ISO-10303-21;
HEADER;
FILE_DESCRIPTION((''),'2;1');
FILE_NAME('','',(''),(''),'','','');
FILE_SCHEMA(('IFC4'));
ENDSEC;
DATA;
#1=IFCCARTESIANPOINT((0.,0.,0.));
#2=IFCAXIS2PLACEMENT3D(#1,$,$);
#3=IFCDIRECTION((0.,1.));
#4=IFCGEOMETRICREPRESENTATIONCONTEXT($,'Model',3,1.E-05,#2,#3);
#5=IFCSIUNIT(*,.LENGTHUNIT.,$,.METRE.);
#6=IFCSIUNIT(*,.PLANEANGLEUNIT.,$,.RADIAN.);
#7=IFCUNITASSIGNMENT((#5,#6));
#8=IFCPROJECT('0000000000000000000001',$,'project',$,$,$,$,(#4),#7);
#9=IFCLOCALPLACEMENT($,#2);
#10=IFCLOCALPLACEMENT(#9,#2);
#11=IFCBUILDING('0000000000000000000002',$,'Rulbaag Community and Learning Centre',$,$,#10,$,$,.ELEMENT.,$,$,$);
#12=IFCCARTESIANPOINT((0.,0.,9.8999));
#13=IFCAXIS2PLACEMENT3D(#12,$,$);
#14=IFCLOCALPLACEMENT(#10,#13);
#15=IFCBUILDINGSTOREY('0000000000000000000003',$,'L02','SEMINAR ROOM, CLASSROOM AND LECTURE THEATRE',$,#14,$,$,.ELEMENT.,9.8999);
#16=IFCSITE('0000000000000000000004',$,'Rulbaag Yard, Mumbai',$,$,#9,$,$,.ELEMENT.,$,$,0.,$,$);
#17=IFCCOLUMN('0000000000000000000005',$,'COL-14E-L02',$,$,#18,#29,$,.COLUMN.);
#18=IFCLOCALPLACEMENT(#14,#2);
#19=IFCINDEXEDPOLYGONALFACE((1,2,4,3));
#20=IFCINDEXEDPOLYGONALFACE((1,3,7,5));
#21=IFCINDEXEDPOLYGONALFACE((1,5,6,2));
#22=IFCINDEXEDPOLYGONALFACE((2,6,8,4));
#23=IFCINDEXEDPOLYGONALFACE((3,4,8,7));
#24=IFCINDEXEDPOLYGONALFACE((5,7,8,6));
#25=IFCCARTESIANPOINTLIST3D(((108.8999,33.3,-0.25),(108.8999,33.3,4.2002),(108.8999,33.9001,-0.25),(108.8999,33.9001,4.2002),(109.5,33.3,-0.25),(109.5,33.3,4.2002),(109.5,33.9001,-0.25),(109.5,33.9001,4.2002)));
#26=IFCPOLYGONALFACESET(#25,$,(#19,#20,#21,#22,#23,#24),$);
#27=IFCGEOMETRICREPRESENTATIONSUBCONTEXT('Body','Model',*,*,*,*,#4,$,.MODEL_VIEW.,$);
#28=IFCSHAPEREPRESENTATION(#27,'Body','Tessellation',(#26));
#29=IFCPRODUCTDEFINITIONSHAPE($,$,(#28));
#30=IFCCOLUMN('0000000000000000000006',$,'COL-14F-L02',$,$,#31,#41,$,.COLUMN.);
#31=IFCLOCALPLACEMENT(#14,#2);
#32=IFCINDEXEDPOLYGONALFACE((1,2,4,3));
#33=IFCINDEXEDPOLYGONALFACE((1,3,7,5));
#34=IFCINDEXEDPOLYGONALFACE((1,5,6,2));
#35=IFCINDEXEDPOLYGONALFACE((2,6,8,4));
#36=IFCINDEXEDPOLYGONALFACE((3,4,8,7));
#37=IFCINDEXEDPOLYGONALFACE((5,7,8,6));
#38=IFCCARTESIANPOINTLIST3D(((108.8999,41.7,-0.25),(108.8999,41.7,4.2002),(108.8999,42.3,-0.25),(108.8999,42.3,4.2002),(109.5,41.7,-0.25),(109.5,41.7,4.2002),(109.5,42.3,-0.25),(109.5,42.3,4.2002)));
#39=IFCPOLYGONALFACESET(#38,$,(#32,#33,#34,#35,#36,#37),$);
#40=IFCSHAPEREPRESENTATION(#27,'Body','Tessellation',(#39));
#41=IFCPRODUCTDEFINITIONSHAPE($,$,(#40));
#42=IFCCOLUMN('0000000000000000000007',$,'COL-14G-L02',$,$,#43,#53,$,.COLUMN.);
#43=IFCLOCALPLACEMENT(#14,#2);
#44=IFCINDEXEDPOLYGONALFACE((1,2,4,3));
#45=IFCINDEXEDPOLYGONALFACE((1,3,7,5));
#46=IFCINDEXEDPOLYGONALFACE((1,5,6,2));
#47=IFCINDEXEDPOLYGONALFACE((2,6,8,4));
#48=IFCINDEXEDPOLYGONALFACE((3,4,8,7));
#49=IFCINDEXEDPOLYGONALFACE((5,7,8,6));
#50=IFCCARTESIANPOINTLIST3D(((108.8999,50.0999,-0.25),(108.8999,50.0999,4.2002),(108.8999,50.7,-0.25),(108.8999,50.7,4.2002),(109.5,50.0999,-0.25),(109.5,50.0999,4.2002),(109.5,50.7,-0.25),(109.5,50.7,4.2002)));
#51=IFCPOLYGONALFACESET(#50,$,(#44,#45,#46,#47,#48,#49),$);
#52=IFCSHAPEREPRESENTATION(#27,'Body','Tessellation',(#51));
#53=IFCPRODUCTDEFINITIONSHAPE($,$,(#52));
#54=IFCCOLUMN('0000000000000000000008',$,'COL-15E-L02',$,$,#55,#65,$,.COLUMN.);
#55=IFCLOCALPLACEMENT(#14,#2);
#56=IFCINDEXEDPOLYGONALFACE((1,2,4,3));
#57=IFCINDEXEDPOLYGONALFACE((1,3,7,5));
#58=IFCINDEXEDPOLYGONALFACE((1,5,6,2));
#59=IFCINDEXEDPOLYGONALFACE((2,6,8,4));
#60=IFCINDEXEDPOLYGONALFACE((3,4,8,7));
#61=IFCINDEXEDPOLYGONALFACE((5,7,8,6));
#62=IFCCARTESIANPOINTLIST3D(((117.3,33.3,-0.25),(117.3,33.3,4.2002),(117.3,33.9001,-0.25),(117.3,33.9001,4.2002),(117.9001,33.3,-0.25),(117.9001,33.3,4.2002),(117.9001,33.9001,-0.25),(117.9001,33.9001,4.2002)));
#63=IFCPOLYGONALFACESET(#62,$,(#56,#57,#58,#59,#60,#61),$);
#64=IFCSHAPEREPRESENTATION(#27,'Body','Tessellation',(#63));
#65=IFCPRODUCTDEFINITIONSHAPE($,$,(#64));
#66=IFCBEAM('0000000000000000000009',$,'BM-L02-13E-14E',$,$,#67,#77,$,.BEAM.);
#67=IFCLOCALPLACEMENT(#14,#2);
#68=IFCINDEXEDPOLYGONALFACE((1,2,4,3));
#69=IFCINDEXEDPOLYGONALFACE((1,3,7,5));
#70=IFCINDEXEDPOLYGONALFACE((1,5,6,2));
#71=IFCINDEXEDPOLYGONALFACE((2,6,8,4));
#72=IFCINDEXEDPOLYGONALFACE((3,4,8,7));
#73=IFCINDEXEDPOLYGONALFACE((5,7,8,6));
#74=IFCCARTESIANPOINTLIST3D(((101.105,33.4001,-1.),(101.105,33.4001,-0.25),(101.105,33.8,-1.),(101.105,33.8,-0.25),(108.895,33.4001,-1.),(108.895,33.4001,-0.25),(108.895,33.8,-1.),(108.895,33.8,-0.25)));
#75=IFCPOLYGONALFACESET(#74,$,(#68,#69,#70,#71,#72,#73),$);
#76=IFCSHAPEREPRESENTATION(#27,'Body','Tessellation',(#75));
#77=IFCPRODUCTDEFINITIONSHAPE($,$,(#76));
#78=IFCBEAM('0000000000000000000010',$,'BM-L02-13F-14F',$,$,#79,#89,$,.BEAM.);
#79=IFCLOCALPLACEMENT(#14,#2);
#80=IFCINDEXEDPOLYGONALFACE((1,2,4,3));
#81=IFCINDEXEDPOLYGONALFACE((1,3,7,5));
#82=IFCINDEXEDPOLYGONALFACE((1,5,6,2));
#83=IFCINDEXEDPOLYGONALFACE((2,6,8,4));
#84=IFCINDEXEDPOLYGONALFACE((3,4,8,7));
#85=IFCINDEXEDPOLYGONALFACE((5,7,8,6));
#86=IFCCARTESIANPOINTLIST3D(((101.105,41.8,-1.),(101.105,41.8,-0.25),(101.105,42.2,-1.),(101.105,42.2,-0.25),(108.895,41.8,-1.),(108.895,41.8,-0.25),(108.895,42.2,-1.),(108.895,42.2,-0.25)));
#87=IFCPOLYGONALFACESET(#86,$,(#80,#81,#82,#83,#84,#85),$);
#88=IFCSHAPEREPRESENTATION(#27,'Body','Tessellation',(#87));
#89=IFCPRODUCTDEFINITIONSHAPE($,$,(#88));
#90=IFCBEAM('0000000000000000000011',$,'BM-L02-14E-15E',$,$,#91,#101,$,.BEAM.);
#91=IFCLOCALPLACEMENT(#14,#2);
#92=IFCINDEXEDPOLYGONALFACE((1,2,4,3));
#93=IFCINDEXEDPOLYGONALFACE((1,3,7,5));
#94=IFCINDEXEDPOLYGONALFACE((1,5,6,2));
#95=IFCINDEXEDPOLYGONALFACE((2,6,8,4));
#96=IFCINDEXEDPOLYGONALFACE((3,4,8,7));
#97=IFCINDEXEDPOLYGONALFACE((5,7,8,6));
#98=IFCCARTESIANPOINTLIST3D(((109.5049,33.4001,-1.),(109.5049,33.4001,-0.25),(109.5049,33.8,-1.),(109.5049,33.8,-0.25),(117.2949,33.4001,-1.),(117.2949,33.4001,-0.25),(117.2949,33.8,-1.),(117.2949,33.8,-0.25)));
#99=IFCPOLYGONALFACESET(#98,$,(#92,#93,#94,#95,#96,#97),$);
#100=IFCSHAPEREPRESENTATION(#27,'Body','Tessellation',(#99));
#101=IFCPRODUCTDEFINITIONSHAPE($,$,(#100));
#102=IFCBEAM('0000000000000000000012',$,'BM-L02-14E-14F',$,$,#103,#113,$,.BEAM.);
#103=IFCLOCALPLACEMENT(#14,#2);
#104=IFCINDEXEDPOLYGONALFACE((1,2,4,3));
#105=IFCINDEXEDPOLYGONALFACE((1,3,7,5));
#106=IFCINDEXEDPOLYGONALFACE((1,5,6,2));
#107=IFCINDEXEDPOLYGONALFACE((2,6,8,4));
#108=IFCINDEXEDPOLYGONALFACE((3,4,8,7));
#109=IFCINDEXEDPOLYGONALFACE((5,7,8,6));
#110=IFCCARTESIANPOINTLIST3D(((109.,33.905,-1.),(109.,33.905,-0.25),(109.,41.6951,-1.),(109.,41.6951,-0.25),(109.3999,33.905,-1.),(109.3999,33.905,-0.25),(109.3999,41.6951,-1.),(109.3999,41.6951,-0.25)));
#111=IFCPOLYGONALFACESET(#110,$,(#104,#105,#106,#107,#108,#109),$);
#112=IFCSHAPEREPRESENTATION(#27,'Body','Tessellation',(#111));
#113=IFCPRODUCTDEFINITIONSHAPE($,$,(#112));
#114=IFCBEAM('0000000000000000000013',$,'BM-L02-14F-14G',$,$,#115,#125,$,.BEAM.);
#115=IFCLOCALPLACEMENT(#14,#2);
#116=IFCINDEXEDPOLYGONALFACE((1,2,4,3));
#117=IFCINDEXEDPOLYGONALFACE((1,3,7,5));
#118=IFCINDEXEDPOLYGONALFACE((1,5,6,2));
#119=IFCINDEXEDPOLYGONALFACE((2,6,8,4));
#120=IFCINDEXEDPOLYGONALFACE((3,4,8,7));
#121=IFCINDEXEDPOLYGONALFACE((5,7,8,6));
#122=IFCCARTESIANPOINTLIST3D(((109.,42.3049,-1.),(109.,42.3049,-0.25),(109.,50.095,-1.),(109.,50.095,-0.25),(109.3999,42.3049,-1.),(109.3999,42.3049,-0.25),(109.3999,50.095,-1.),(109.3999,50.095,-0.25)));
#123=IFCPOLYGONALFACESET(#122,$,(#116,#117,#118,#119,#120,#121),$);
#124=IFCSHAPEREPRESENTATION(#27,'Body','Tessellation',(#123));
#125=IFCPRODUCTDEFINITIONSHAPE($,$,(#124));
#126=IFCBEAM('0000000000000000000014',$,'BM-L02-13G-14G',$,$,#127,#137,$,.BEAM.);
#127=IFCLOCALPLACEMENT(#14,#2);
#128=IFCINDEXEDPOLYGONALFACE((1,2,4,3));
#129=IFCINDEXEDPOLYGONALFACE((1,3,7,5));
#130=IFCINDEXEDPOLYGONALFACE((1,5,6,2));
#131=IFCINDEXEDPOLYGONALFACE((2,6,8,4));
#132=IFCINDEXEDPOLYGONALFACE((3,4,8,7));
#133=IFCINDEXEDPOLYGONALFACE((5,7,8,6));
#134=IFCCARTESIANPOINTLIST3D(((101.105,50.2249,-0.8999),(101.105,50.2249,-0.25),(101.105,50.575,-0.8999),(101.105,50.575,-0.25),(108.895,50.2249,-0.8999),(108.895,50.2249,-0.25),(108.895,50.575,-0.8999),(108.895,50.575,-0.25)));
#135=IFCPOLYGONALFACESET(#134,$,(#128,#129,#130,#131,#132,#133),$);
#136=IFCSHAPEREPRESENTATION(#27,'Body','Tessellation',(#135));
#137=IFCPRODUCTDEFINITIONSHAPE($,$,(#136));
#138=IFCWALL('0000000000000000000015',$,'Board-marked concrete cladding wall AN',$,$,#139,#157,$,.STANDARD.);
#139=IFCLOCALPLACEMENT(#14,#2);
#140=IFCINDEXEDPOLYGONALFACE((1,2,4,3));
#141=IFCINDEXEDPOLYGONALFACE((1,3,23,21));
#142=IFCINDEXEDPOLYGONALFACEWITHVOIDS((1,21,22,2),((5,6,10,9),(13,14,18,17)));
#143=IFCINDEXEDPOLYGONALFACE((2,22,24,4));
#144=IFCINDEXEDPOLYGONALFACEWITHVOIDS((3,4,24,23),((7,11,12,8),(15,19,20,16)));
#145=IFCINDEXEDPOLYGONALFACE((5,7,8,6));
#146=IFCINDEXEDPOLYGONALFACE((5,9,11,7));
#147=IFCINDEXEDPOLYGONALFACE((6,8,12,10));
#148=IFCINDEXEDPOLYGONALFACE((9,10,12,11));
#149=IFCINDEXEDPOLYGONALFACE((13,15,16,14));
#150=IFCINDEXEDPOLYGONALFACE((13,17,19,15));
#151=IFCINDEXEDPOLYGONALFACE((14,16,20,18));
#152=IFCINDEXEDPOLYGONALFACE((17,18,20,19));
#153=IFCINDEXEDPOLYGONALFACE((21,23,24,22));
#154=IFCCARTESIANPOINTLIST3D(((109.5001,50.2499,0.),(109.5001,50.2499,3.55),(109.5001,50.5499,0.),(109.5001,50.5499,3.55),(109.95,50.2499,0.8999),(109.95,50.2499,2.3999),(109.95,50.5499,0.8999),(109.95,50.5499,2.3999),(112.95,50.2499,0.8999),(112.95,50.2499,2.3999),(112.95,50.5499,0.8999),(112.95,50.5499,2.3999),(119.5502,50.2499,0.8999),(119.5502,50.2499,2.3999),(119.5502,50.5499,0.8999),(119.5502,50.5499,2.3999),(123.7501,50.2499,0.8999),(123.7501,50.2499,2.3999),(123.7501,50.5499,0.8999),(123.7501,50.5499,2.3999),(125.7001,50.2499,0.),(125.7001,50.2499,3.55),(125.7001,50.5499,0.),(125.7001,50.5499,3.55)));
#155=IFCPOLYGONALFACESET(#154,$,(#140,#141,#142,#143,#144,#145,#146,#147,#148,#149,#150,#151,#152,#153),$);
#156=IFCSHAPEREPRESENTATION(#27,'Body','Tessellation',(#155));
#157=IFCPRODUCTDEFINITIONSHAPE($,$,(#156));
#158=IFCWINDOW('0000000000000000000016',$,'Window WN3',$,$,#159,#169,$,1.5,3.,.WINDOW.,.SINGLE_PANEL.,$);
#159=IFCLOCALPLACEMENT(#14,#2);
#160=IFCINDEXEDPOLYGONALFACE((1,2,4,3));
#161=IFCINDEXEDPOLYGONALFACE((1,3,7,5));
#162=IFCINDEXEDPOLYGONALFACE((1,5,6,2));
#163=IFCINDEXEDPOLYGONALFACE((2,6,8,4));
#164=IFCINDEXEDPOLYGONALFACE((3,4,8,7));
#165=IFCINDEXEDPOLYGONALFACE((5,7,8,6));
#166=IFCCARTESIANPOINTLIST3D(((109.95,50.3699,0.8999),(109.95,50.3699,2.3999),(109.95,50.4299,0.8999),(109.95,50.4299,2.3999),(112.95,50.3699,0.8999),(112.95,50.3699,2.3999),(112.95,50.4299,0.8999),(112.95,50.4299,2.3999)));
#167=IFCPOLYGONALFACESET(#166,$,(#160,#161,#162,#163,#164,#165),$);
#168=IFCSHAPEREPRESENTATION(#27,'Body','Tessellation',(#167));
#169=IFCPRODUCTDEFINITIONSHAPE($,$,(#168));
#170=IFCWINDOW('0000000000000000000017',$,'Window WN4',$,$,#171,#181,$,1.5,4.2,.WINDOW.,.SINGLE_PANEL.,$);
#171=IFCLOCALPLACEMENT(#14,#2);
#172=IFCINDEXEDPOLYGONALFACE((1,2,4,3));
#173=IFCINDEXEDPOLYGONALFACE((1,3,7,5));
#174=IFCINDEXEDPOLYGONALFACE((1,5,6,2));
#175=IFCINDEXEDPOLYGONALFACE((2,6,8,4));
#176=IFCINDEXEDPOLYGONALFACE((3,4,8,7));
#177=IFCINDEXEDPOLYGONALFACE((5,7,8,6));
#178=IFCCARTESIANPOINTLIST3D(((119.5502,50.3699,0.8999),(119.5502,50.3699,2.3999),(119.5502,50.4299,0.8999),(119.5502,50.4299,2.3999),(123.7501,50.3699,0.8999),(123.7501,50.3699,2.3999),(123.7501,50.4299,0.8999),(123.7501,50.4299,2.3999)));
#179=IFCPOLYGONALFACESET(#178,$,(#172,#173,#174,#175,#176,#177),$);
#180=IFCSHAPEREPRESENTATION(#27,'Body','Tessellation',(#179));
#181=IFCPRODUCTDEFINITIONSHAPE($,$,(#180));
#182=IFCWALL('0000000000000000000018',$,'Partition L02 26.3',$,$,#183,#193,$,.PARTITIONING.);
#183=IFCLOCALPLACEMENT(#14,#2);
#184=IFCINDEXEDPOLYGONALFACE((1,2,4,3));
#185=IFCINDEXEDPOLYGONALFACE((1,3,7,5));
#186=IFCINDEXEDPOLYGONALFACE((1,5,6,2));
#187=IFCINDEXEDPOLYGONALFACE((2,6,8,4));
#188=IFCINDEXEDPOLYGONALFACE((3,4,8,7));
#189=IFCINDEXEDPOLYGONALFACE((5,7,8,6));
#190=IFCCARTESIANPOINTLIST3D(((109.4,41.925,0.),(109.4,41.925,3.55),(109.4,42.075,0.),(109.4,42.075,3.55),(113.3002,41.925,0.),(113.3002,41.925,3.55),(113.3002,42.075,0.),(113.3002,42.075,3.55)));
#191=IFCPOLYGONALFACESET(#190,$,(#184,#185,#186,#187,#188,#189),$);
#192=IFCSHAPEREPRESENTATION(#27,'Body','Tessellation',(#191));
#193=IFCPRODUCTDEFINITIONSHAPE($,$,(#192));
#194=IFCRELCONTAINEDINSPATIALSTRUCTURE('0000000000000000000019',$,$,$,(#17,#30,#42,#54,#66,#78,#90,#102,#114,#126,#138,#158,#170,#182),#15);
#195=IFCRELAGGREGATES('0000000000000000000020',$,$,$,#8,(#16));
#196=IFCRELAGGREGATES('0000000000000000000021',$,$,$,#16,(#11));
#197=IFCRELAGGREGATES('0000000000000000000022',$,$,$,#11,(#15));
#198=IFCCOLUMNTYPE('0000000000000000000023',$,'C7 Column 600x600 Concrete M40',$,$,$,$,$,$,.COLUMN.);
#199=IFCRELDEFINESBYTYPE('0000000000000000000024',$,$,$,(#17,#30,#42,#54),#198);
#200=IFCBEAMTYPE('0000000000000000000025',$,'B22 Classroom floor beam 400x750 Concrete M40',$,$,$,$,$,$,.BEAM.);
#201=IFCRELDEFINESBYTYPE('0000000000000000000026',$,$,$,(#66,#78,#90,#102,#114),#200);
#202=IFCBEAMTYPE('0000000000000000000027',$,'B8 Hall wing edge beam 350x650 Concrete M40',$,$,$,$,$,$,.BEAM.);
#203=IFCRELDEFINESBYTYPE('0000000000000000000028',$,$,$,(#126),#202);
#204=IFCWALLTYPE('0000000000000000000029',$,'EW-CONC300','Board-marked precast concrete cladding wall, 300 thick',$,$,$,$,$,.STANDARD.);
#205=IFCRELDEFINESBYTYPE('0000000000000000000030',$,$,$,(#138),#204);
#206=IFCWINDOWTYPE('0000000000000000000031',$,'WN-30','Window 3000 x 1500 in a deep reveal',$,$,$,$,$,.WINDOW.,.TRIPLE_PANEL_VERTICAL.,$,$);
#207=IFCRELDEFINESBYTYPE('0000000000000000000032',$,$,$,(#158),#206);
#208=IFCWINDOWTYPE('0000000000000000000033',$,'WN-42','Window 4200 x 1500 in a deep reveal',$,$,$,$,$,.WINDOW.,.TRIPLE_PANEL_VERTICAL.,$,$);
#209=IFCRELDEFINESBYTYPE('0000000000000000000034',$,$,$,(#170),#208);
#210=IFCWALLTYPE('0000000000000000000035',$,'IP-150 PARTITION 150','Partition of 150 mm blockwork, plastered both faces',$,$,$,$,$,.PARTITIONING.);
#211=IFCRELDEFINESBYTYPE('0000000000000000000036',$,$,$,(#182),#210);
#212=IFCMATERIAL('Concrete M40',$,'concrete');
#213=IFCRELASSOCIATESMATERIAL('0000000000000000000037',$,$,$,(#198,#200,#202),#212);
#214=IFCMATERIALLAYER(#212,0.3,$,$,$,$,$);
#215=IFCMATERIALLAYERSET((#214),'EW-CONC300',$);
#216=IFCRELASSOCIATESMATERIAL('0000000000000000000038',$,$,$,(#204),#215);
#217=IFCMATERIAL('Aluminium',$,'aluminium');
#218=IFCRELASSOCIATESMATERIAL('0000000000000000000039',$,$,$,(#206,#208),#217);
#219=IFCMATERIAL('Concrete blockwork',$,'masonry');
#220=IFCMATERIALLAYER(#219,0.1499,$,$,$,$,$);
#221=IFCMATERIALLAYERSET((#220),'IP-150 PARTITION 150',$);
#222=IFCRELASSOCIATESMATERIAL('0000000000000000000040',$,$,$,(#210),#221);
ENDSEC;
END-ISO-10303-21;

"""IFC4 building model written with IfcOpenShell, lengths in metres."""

from ifc_helpers import new_model, si_unit, direction, frame, frame_2d, origin, origin_2d, place, context, subcontext, project, spatial, rectangle, extrude, material, layer, layer_set, material_profile, profile_set, type_object, element, fill, save


model = new_model("IFC4")

# Units and contexts
model_context = context("Model", 3, precision=1e-05, world=origin(), true_north=direction((0.0, 1.0)))
body_context = subcontext(model_context, "Body", "Model", "MODEL_VIEW")
ifc_project = project(units=[si_unit("LENGTHUNIT", "METRE"), si_unit("PLANEANGLEUNIT", "RADIAN")], contexts=[model_context])

# Site, building, storey
site_placement = place(None, origin())
site = spatial("IfcSite", under=ifc_project, at=site_placement, Name="Rulbaag Yard, Mumbai", CompositionType="ELEMENT", RefElevation=0.0)
building_placement = place(site_placement, origin())
building = spatial("IfcBuilding", under=site, at=building_placement, Name="Rulbaag Community and Learning Centre", CompositionType="ELEMENT")
storey_placement = place(building_placement, frame((0.0, 0.0, 9.8999)))
storey = spatial("IfcBuildingStorey", under=building, at=storey_placement, Name="L02", Description="SEMINAR ROOM, CLASSROOM AND LECTURE THEATRE", CompositionType="ELEMENT", Elevation=9.8999)

# Columns
ifc_material_1 = material(Name="Concrete M40", Category="concrete")
ifc_material_profile_1 = material_profile(ifc_material_1, rectangle(XDim=0.6001, YDim=0.6001, at=origin_2d()), Name="RC600x600")
ifc_profile_set_1 = profile_set([ifc_material_profile_1], Name="Concrete M40")
column_type = type_object("IfcColumnType", Name="C7 Column 600x600 Concrete M40", PredefinedType="COLUMN", material=ifc_profile_set_1)
for number, where, z_axis, x_axis, name in (
    (1, (109.2, 33.6001, -0.25), (0.0, 0.0, 1.0), (1.0, 0.0, 0.0), "COL-14E-L02"),
    (2, (109.2, 42.0, -0.25), (0.0, 0.0, 1.0), (1.0, 0.0, 0.0), "COL-14F-L02"),
    (3, (109.2, 50.3999, -0.25), (0.0, 0.0, 1.0), (1.0, 0.0, 0.0), "COL-14G-L02"),
    (4, (117.6001, 33.6001, -0.25), (0.0, 0.0, 1.0), (1.0, 0.0, 0.0), "COL-15E-L02"),
):
    element("IfcColumn", number, at=place(storey_placement, frame(where, z_axis=z_axis, x_axis=x_axis)), inside=storey, type_object=column_type, Name=name, PredefinedType="COLUMN", context=body_context, shape_type="SweptSolid", body=[
        extrude(rectangle(XDim=0.6001, YDim=0.6001, at=origin_2d()), origin(), (0.0, 0.0, 1.0), 4.4502),
    ])

# Beams
ifc_material_profile_2 = material_profile(ifc_material_1, rectangle(XDim=0.3999, YDim=0.75, at=origin_2d()), Name="RB400x750")
ifc_profile_set_2 = profile_set([ifc_material_profile_2], Name="Concrete M40")
beam_type_1 = type_object("IfcBeamType", Name="B22 Classroom floor beam 400x750 Concrete M40", PredefinedType="BEAM", material=ifc_profile_set_2)
for number, where, z_axis, x_axis, name in (
    (5, (101.105, 33.6001, -0.625), (1.0, 0.0, 0.0), (0.0, 1.0, 0.0), "BM-L02-13E-14E"),
    (6, (101.105, 42.0, -0.625), (1.0, 0.0, 0.0), (0.0, 1.0, 0.0), "BM-L02-13F-14F"),
    (7, (109.5049, 33.6001, -0.625), (1.0, 0.0, 0.0), (0.0, 1.0, 0.0), "BM-L02-14E-15E"),
    (8, (109.2, 33.905, -0.625), (0.0, 1.0, 0.0), (-1.0, 0.0, 0.0), "BM-L02-14E-14F"),
    (9, (109.2, 42.3049, -0.625), (0.0, 1.0, 0.0), (-1.0, 0.0, 0.0), "BM-L02-14F-14G"),
):
    element("IfcBeam", number, at=place(storey_placement, frame(where, z_axis=z_axis, x_axis=x_axis)), inside=storey, type_object=beam_type_1, Name=name, PredefinedType="BEAM", context=body_context, shape_type="SweptSolid", body=[
        extrude(rectangle(XDim=0.3999, YDim=0.75, at=origin_2d()), origin(), (0.0, 0.0, 1.0), 7.79),
    ])
ifc_material_profile_3 = material_profile(ifc_material_1, rectangle(XDim=0.3501, YDim=0.6499, at=origin_2d()), Name="RB350x650")
ifc_profile_set_3 = profile_set([ifc_material_profile_3], Name="Concrete M40")
beam_type_2 = type_object("IfcBeamType", Name="B8 Hall wing edge beam 350x650 Concrete M40", PredefinedType="BEAM", material=ifc_profile_set_3)
beam_placement = place(storey_placement, frame((101.105, 50.3999, -0.575), z_axis=(1.0, 0.0, 0.0), x_axis=(0.0, 1.0, 0.0)))
element("IfcBeam", 10, at=beam_placement, inside=storey, type_object=beam_type_2, Name="BM-L02-13G-14G", PredefinedType="BEAM", context=body_context, shape_type="SweptSolid", body=[
    extrude(rectangle(XDim=0.3501, YDim=0.6499, at=origin_2d()), origin(), (0.0, 0.0, 1.0), 7.79),
])

# Wall, openings, windows
ifc_layer_1 = layer(ifc_material_1, 0.3)
ifc_layer_set_1 = layer_set([ifc_layer_1], Name="EW-CONC300")
wall_type_1 = type_object("IfcWallType", Name="EW-CONC300", Description="Board-marked precast concrete cladding wall, 300 thick", PredefinedType="STANDARD", material=ifc_layer_set_1)
wall_1_placement = place(storey_placement, frame((109.5, 50.3999, 0.0), z_axis=(0.0, 0.0, 1.0), x_axis=(1.0, 0.0, 0.0)))
wall_1 = element("IfcWall", 11, at=wall_1_placement, inside=storey, type_object=wall_type_1, Name="Board-marked concrete cladding wall AN", PredefinedType="STANDARD", context=body_context, shape_type="SweptSolid", body=[
    extrude(rectangle(XDim=16.2, YDim=0.3, at=frame_2d((8.1001, 0.0))), origin(), (0.0, 0.0, 1.0), 3.55),
])
opening_1_placement = place(wall_1_placement, frame((0.45, 0.0, 0.8999)))
opening_1 = element("IfcOpeningElement", 12, at=opening_1_placement, cuts=wall_1, PredefinedType="OPENING", context=body_context, shape_type="SweptSolid", body=[
    extrude(rectangle(XDim=3.0, YDim=1.5, at=frame_2d((1.5, 0.75))), frame((0.0, 0.1599, 0.0), z_axis=(0.0, -1.0, 0.0), x_axis=(1.0, 0.0, 0.0)), (0.0, 0.0, 1.0), 0.3201),
])
opening_2_placement = place(wall_1_placement, frame((10.05, 0.0, 0.8999)))
opening_2 = element("IfcOpeningElement", 13, at=opening_2_placement, cuts=wall_1, PredefinedType="OPENING", context=body_context, shape_type="SweptSolid", body=[
    extrude(rectangle(XDim=4.2, YDim=1.5, at=frame_2d((2.1001, 0.75))), frame((0.0, 0.1599, 0.0), z_axis=(0.0, -1.0, 0.0), x_axis=(1.0, 0.0, 0.0)), (0.0, 0.0, 1.0), 0.3201),
])
ifc_material_2 = material(Name="Aluminium", Category="aluminium")
window_type_1 = type_object("IfcWindowType", Name="WN-30", Description="Window 3000 x 1500 in a deep reveal", PartitioningType="TRIPLE_PANEL_VERTICAL", PredefinedType="WINDOW", material=ifc_material_2)
window_1_placement = place(opening_1_placement, origin())
window_1 = element("IfcWindow", 14, at=window_1_placement, inside=storey, type_object=window_type_1, Name="Window WN3", OverallHeight=1.5, OverallWidth=3.0, PartitioningType="SINGLE_PANEL", PredefinedType="WINDOW", context=body_context, shape_type="SweptSolid", body=[
    extrude(rectangle(XDim=3.0, YDim=1.5, at=frame_2d((1.5, 0.75))), frame((0.0, 0.03, 0.0), z_axis=(0.0, -1.0, 0.0), x_axis=(1.0, 0.0, 0.0)), (0.0, 0.0, 1.0), 0.0601),
])
fill(opening_1, window_1)
window_type_2 = type_object("IfcWindowType", Name="WN-42", Description="Window 4200 x 1500 in a deep reveal", PartitioningType="TRIPLE_PANEL_VERTICAL", PredefinedType="WINDOW", material=ifc_material_2)
window_2_placement = place(opening_2_placement, origin())
window_2 = element("IfcWindow", 15, at=window_2_placement, inside=storey, type_object=window_type_2, Name="Window WN4", OverallHeight=1.5, OverallWidth=4.2, PartitioningType="SINGLE_PANEL", PredefinedType="WINDOW", context=body_context, shape_type="SweptSolid", body=[
    extrude(rectangle(XDim=4.2, YDim=1.5, at=frame_2d((2.1001, 0.75))), frame((0.0, 0.03, 0.0), z_axis=(0.0, -1.0, 0.0), x_axis=(1.0, 0.0, 0.0)), (0.0, 0.0, 1.0), 0.0601),
])
fill(opening_2, window_2)

# Wall
ifc_material_3 = material(Name="Concrete blockwork", Category="masonry")
ifc_layer_2 = layer(ifc_material_3, 0.1499)
ifc_layer_set_2 = layer_set([ifc_layer_2], Name="IP-150 PARTITION 150")
wall_type_2 = type_object("IfcWallType", Name="IP-150 PARTITION 150", Description="Partition of 150 mm blockwork, plastered both faces", PredefinedType="PARTITIONING", material=ifc_layer_set_2)
wall_2_placement = place(storey_placement, frame((109.3999, 42.0, 0.0), z_axis=(0.0, 0.0, 1.0), x_axis=(1.0, 0.0, 0.0)))
element("IfcWall", 16, at=wall_2_placement, inside=storey, type_object=wall_type_2, Name="Partition L02 26.3", PredefinedType="PARTITIONING", context=body_context, shape_type="SweptSolid", body=[
    extrude(rectangle(XDim=3.9001, YDim=0.1499, at=frame_2d((1.9502, 0.0))), origin(), (0.0, 0.0, 1.0), 3.55),
])

save(model, "model.ifc")
